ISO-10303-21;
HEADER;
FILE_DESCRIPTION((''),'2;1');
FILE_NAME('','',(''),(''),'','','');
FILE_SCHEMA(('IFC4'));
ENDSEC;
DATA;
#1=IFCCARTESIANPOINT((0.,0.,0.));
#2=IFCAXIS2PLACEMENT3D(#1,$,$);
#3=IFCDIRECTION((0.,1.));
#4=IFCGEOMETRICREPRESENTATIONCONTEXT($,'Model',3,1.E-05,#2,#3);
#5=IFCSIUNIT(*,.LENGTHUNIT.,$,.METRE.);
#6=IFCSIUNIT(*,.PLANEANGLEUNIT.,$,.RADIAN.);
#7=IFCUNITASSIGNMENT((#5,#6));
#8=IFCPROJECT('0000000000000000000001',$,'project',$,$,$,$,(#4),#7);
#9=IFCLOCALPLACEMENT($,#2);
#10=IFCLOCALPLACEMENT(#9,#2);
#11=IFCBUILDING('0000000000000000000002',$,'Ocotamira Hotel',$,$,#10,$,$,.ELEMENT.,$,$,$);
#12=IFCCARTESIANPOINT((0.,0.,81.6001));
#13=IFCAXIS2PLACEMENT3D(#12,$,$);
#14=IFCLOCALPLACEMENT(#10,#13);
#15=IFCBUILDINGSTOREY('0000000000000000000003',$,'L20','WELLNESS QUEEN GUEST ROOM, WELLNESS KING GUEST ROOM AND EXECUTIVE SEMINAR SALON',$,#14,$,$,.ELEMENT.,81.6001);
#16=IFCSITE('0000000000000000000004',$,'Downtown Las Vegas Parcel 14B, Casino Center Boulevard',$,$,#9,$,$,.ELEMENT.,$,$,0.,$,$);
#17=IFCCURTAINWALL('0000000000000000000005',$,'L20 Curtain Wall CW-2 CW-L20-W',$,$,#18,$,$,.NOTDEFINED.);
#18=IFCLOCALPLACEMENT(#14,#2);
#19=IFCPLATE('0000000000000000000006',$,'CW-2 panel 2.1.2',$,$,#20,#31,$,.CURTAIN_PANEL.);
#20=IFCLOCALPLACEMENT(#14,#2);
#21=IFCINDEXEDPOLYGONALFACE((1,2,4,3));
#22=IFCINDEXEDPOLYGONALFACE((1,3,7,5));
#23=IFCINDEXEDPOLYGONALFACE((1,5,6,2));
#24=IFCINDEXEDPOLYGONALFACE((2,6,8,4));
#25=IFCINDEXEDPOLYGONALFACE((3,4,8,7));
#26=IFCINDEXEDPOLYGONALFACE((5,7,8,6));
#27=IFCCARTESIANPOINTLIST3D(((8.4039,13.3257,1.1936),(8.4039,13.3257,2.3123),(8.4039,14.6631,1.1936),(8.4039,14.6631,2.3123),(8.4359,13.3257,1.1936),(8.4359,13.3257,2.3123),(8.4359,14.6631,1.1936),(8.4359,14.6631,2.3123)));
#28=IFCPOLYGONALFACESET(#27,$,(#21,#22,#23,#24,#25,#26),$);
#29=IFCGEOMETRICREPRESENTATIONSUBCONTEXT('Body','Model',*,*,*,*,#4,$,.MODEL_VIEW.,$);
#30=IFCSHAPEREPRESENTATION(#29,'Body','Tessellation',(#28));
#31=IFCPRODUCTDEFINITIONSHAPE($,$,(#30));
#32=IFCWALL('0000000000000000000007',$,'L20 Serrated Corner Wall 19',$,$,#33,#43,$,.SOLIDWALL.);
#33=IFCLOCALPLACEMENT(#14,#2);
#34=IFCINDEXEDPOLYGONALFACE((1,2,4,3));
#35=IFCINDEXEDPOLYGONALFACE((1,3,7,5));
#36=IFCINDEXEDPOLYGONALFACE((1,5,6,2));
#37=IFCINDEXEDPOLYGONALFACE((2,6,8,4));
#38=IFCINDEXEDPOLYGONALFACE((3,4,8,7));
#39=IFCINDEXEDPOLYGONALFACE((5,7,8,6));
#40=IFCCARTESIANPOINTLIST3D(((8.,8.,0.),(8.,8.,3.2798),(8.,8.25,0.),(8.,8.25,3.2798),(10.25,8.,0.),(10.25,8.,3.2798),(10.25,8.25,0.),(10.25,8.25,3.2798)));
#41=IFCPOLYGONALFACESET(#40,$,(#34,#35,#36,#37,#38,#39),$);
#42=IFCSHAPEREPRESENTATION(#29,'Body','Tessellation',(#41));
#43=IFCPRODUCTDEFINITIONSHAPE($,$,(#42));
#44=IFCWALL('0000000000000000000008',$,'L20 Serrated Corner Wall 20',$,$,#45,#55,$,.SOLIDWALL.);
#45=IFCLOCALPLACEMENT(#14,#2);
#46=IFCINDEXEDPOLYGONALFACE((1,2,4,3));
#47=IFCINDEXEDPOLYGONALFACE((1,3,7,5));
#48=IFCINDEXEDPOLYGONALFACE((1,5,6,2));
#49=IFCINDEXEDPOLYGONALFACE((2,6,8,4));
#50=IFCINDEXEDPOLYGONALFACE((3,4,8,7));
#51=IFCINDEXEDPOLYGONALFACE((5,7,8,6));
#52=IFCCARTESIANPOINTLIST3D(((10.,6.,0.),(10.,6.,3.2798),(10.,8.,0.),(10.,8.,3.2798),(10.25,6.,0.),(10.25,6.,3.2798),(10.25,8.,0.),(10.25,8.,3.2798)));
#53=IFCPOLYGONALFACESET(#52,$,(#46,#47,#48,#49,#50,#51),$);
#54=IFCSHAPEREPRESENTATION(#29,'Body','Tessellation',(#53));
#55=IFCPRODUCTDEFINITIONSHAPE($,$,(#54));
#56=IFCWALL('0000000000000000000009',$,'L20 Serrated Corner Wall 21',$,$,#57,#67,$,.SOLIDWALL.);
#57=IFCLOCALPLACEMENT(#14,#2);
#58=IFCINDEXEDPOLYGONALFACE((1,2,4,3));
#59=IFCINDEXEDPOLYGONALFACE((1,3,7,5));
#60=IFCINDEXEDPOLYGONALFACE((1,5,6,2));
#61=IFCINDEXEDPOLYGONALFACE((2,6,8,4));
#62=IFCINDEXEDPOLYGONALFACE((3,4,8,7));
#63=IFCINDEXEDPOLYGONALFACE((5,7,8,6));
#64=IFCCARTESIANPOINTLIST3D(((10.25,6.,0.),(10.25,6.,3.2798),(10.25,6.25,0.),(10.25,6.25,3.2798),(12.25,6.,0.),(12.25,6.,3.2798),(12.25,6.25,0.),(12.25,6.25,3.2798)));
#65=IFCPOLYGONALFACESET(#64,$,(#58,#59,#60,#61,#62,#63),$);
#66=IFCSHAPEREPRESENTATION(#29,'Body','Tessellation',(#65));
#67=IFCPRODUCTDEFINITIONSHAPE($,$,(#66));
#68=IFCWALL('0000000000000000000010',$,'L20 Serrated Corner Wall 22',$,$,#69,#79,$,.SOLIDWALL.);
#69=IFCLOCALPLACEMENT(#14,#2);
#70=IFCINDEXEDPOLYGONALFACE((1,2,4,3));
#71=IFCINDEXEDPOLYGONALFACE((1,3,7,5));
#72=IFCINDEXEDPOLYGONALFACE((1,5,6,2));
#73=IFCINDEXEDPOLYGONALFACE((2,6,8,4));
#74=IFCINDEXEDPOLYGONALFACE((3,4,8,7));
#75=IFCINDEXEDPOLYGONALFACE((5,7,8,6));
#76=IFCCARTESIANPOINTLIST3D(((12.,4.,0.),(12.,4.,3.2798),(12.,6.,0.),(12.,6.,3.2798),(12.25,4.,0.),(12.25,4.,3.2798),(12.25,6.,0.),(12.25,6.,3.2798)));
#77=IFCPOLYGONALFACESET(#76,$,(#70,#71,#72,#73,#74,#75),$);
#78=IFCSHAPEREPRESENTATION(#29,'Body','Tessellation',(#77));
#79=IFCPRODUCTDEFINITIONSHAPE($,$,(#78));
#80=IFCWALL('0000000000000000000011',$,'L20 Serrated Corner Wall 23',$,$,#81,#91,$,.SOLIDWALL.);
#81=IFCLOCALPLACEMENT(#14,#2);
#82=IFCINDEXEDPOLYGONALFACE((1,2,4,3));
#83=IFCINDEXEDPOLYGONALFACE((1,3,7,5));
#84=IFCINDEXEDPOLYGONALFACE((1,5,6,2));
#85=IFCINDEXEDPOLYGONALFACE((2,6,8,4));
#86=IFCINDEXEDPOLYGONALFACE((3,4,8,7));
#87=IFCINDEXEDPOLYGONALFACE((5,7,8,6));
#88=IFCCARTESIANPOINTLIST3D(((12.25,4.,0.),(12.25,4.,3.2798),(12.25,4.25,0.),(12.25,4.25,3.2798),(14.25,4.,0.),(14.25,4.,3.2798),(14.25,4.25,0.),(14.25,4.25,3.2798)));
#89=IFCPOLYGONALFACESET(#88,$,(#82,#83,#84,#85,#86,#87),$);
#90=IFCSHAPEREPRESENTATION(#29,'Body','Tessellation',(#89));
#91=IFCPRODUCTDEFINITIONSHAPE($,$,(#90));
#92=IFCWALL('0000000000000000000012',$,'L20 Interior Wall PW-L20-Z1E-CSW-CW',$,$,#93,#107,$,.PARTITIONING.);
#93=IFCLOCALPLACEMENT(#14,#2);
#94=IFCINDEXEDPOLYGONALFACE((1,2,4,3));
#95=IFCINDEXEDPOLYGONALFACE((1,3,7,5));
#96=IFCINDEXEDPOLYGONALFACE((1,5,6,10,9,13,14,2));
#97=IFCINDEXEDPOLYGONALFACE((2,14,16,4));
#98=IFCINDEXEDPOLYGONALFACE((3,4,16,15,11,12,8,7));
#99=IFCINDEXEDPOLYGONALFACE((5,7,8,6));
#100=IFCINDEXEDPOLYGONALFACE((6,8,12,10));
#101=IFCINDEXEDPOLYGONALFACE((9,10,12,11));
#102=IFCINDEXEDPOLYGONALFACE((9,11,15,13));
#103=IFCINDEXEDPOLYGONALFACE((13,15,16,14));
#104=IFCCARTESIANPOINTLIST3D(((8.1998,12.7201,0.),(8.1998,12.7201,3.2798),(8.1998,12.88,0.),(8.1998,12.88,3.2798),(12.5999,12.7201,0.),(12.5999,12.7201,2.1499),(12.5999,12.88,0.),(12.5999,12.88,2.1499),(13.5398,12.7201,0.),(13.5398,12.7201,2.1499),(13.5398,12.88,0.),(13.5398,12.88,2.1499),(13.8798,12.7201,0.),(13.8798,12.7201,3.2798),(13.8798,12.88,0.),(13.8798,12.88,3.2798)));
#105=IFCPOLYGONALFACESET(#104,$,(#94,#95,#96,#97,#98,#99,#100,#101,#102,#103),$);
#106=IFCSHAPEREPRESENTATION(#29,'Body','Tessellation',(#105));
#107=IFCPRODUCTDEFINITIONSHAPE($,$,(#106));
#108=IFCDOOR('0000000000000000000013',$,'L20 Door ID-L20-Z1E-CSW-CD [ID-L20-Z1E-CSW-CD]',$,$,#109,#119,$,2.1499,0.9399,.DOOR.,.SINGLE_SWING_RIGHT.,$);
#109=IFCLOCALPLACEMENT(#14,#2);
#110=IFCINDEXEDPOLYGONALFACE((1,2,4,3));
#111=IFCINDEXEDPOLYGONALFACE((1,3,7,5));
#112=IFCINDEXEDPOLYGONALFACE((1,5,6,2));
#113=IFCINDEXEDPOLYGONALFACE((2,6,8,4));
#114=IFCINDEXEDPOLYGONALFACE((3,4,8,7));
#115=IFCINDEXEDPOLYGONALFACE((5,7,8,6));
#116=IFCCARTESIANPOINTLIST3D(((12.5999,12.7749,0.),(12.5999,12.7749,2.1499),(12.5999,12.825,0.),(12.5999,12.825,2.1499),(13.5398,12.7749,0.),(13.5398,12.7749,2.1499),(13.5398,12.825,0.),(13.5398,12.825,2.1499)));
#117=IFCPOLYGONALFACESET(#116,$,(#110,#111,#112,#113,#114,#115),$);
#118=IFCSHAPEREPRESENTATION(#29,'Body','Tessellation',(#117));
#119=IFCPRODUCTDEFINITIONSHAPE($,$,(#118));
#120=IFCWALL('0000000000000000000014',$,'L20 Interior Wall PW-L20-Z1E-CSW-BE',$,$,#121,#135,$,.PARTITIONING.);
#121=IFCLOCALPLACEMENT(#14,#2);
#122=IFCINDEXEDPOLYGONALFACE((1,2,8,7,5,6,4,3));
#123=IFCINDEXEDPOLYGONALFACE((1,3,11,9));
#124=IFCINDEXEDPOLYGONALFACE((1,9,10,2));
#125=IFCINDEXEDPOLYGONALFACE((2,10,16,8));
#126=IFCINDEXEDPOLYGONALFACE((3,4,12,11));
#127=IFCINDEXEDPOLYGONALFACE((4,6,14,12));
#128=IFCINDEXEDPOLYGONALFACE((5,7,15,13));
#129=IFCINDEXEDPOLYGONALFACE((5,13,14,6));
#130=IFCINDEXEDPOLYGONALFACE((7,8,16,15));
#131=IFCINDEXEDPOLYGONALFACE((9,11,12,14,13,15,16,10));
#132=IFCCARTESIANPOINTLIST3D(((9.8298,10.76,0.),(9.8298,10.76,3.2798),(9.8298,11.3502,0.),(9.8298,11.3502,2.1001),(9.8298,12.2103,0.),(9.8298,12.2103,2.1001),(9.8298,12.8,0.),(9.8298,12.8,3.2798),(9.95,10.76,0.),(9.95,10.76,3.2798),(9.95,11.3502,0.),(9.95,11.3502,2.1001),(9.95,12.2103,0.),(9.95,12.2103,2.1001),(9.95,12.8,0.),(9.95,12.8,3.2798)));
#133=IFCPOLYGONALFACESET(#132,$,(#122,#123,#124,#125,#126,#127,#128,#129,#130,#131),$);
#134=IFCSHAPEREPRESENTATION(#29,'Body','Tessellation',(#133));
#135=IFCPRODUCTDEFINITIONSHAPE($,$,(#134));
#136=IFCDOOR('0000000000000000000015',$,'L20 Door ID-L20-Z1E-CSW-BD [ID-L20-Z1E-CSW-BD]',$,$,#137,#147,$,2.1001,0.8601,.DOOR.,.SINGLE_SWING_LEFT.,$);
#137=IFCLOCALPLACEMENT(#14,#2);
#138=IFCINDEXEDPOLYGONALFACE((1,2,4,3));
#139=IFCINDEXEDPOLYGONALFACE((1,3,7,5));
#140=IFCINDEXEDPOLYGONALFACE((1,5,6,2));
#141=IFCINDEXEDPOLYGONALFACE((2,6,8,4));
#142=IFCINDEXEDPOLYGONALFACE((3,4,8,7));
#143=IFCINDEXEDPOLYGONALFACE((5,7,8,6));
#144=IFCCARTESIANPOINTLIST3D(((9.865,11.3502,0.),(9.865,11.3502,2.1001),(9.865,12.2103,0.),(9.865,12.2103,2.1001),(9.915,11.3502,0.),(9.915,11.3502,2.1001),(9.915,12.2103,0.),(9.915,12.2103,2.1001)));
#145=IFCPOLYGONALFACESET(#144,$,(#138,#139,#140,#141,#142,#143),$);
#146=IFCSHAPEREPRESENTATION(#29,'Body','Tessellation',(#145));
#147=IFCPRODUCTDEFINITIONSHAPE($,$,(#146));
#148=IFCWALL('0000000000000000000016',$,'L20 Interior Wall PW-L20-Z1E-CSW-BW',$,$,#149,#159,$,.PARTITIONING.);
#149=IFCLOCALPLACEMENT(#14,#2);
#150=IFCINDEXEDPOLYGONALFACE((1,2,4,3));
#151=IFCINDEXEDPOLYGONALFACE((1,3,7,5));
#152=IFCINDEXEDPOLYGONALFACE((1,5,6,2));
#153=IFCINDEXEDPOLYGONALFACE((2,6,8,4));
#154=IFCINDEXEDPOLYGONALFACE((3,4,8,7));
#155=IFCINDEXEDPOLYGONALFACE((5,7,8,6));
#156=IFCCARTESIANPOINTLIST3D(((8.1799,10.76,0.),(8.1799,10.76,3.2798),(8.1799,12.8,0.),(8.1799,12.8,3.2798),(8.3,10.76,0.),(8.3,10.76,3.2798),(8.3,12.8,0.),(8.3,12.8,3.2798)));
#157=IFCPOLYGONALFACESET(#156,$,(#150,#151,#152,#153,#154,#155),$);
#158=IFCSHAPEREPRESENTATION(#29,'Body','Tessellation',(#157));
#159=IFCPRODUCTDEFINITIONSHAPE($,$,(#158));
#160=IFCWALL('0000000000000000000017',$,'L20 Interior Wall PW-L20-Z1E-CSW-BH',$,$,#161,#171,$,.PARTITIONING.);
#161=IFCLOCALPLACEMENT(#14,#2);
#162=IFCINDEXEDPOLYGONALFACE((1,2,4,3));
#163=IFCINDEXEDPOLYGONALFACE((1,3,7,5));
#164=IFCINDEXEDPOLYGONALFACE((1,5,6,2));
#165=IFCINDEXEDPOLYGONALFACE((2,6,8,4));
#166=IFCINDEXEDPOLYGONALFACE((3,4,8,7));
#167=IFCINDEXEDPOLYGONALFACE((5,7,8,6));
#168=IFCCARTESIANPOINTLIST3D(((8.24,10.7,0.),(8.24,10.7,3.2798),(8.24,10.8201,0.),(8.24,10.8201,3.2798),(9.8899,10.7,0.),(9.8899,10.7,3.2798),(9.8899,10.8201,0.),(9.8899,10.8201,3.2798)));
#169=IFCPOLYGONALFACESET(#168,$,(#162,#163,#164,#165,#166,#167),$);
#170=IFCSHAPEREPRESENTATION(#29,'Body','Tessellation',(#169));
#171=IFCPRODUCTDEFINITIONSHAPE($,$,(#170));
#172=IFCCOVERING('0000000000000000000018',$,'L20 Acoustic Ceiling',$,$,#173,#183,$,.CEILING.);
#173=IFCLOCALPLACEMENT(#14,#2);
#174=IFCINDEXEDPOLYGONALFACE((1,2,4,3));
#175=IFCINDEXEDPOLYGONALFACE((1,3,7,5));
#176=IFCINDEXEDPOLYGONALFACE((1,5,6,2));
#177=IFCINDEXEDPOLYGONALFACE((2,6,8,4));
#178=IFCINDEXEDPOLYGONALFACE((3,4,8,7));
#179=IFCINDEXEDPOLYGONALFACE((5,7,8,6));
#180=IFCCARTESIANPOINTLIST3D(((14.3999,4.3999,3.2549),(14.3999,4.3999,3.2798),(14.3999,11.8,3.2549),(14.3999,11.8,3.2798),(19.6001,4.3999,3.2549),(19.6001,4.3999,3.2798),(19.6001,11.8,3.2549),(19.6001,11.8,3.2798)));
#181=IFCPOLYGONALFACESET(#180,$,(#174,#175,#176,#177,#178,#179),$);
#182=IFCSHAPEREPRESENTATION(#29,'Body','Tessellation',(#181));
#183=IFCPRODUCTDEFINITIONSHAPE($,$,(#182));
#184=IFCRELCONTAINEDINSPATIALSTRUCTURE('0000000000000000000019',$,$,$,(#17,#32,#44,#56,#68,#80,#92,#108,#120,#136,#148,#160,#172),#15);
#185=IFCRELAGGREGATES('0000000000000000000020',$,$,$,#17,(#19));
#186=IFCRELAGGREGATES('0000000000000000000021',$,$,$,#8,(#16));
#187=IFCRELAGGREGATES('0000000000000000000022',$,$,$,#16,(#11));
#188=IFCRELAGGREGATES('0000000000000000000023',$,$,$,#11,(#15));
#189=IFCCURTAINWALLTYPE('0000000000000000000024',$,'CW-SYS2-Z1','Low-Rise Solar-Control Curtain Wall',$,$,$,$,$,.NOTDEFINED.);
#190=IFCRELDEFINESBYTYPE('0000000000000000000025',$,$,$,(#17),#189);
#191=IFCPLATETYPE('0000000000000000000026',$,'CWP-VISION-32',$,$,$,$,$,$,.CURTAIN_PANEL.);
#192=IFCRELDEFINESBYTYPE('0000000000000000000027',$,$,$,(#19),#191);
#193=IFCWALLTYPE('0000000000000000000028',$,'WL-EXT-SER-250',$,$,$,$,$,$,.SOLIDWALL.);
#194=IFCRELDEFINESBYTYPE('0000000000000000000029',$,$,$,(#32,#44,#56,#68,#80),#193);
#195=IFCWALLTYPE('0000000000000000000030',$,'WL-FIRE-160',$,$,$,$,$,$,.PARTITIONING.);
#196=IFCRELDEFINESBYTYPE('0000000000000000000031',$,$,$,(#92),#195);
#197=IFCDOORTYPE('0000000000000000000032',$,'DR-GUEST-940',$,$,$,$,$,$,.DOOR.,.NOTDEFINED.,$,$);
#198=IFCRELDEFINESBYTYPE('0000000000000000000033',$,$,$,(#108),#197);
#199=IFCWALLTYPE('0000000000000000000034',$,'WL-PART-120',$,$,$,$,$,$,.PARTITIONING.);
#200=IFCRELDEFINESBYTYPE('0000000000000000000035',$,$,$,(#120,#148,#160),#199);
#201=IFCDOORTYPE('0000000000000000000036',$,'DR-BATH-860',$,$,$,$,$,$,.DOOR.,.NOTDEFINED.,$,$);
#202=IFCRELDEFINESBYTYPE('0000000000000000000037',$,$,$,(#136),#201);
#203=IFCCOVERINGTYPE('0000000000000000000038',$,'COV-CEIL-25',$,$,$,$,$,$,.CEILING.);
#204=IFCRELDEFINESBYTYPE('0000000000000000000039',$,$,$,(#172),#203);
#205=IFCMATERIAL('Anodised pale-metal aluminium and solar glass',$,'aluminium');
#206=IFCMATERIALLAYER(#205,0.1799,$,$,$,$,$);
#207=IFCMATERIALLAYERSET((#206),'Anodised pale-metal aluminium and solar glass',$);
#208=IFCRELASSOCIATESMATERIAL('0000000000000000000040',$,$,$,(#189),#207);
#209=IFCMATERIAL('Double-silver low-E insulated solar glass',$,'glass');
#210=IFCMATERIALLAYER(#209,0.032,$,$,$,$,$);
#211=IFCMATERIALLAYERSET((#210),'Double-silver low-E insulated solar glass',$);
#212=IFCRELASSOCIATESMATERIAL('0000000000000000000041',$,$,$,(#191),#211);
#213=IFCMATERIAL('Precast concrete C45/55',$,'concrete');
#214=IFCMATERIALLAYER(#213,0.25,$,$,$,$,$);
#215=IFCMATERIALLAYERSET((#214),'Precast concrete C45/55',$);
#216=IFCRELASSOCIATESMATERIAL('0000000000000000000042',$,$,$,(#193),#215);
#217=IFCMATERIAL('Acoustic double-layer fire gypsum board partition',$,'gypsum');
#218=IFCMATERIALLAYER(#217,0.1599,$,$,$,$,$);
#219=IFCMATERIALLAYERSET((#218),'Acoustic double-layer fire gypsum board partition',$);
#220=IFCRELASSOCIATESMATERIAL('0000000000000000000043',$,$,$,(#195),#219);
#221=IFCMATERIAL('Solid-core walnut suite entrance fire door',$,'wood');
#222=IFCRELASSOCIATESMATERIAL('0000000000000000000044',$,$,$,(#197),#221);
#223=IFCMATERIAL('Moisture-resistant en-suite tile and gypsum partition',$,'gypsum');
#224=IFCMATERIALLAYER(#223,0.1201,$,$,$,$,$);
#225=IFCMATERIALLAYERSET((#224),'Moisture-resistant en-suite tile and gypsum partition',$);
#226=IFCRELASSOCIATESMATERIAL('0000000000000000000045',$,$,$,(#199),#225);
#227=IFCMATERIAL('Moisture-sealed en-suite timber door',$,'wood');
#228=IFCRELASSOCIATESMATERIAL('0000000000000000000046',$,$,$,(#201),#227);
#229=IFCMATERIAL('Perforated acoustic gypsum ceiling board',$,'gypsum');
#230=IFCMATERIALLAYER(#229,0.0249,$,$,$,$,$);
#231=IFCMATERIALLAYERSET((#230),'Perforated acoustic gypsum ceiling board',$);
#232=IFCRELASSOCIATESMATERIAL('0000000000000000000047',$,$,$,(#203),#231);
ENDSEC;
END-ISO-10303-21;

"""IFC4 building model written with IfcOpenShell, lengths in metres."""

from ifc_helpers import new_model, si_unit, direction, frame, frame_2d, origin, origin_2d, place, context, subcontext, project, spatial, polyline, rectangle, outline, extrude, source, transform, mapped, material, layer, layer_set, type_object, element, fill, aggregate, save


model = new_model("IFC4")

# Units and contexts
model_context = context("Model", 3, precision=1e-05, world=origin(), true_north=direction((0.0, 1.0)))
body_context = subcontext(model_context, "Body", "Model", "MODEL_VIEW")
ifc_project = project(units=[si_unit("LENGTHUNIT", "METRE"), si_unit("PLANEANGLEUNIT", "RADIAN")], contexts=[model_context])

# Site, building, storey
site_placement = place(None, origin())
site = spatial("IfcSite", under=ifc_project, at=site_placement, Name="Downtown Las Vegas Parcel 14B, Casino Center Boulevard", CompositionType="ELEMENT", RefElevation=0.0)
building_placement = place(site_placement, origin())
building = spatial("IfcBuilding", under=site, at=building_placement, Name="Ocotamira Hotel", CompositionType="ELEMENT")
storey_placement = place(building_placement, frame((0.0, 0.0, 81.6001)))
storey = spatial("IfcBuildingStorey", under=building, at=storey_placement, Name="L20", Description="WELLNESS QUEEN GUEST ROOM, WELLNESS KING GUEST ROOM AND EXECUTIVE SEMINAR SALON", CompositionType="ELEMENT", Elevation=81.6001)

# Curtain wall
ifc_material_1 = material(Name="Anodised pale-metal aluminium and solar glass", Category="aluminium")
ifc_layer_1 = layer(ifc_material_1, 0.1799)
ifc_layer_set_1 = layer_set([ifc_layer_1], Name="Anodised pale-metal aluminium and solar glass")
curtain_wall_type = type_object("IfcCurtainWallType", Name="CW-SYS2-Z1", Description="Low-Rise Solar-Control Curtain Wall", PredefinedType="NOTDEFINED", material=ifc_layer_set_1)
curtain_wall_placement = place(storey_placement, origin())
curtain_wall = element("IfcCurtainWall", 1, at=curtain_wall_placement, inside=storey, type_object=curtain_wall_type, Name="L20 Curtain Wall CW-2 CW-L20-W", PredefinedType="NOTDEFINED")

# Plate
ifc_material_2 = material(Name="Double-silver low-E insulated solar glass", Category="glass")
ifc_layer_2 = layer(ifc_material_2, 0.032)
ifc_layer_set_2 = layer_set([ifc_layer_2], Name="Double-silver low-E insulated solar glass")
plate_type_1 = type_object("IfcPlateType", Name="CWP-VISION-32", PredefinedType="CURTAIN_PANEL", material=ifc_layer_set_2)
shared_shape_1 = source(origin(), body_context, "Body", "SweptSolid", [
    extrude(rectangle(XDim=1.3374, YDim=0.032, at=origin_2d()), origin(), (0.0, 0.0, 1.0), 1.1187),
])
plate_1_placement = place(storey_placement, frame((8.4199, 13.9944, 1.1936), z_axis=(0.0, 0.0, 1.0), x_axis=(0.0, 1.0, 0.0)))
plate_1 = element("IfcPlate", 2, at=plate_1_placement, type_object=plate_type_1, Name="CW-2 panel 2.1.2", PredefinedType="CURTAIN_PANEL", context=body_context, shape_type="MappedRepresentation", body=[
    mapped(shared_shape_1, transform((0.0, 0.0, 0.0), scale=1.0)),
])
aggregate(curtain_wall, [plate_1])

# Walls
ifc_material_3 = material(Name="Precast concrete C45/55", Category="concrete")
ifc_layer_3 = layer(ifc_material_3, 0.25)
ifc_layer_set_3 = layer_set([ifc_layer_3], Name="Precast concrete C45/55")
wall_type_1 = type_object("IfcWallType", Name="WL-EXT-SER-250", PredefinedType="SOLIDWALL", material=ifc_layer_set_3)
wall_1_placement = place(storey_placement, frame((8.0, 8.125, 0.0), z_axis=(0.0, 0.0, 1.0), x_axis=(1.0, 0.0, 0.0)))
element("IfcWall", 3, at=wall_1_placement, inside=storey, type_object=wall_type_1, Name="L20 Serrated Corner Wall 19", PredefinedType="SOLIDWALL", context=body_context, shape_type="SweptSolid", body=[
    extrude(rectangle(XDim=2.25, YDim=0.25, at=frame_2d((1.125, 0.0))), origin(), (0.0, 0.0, 1.0), 3.2798),
])
for number, where, z_axis, x_axis, name in (
    (4, (10.125, 8.0, 0.0), (0.0, 0.0, 1.0), (0.0, -1.0, 0.0), "L20 Serrated Corner Wall 20"),
    (5, (10.25, 6.125, 0.0), (0.0, 0.0, 1.0), (1.0, 0.0, 0.0), "L20 Serrated Corner Wall 21"),
    (6, (12.125, 6.0, 0.0), (0.0, 0.0, 1.0), (0.0, -1.0, 0.0), "L20 Serrated Corner Wall 22"),
    (7, (12.25, 4.125, 0.0), (0.0, 0.0, 1.0), (1.0, 0.0, 0.0), "L20 Serrated Corner Wall 23"),
):
    element("IfcWall", number, at=place(storey_placement, frame(where, z_axis=z_axis, x_axis=x_axis)), inside=storey, type_object=wall_type_1, Name=name, PredefinedType="SOLIDWALL", context=body_context, shape_type="SweptSolid", body=[
        extrude(rectangle(XDim=2.0, YDim=0.25, at=frame_2d((1.0, 0.0))), origin(), (0.0, 0.0, 1.0), 3.2798),
    ])

# Walls, openings, doors
ifc_material_4 = material(Name="Acoustic double-layer fire gypsum board partition", Category="gypsum")
ifc_layer_4 = layer(ifc_material_4, 0.1599)
ifc_layer_set_4 = layer_set([ifc_layer_4], Name="Acoustic double-layer fire gypsum board partition")
wall_type_2 = type_object("IfcWallType", Name="WL-FIRE-160", PredefinedType="PARTITIONING", material=ifc_layer_set_4)
wall_2_placement = place(storey_placement, frame((8.2, 12.8, 0.0), z_axis=(0.0, 0.0, 1.0), x_axis=(1.0, 0.0, 0.0)))
wall_2 = element("IfcWall", 8, at=wall_2_placement, inside=storey, type_object=wall_type_2, Name="L20 Interior Wall PW-L20-Z1E-CSW-CW", PredefinedType="PARTITIONING", context=body_context, shape_type="SweptSolid", body=[
    extrude(rectangle(XDim=5.6799, YDim=0.1599, at=frame_2d((2.8398, 0.0))), origin(), (0.0, 0.0, 1.0), 3.2798),
])
opening_1_placement = place(wall_2_placement, frame((4.3999, 0.0, 0.0)))
opening_1 = element("IfcOpeningElement", 9, at=opening_1_placement, cuts=wall_2, PredefinedType="OPENING", context=body_context, shape_type="SweptSolid", body=[
    extrude(rectangle(XDim=0.9399, YDim=2.1499, at=frame_2d((0.47, 1.075))), frame((0.0, 0.0898, 0.0), z_axis=(0.0, -1.0, 0.0), x_axis=(1.0, 0.0, 0.0)), (0.0, 0.0, 1.0), 0.1799),
])
ifc_material_5 = material(Name="Solid-core walnut suite entrance fire door", Category="wood")
door_type_1 = type_object("IfcDoorType", Name="DR-GUEST-940", OperationType="NOTDEFINED", PredefinedType="DOOR", material=ifc_material_5)
shared_shape_2 = source(origin(), body_context, "Body", "SweptSolid", [
    extrude(rectangle(XDim=0.9399, YDim=2.1499, at=frame_2d((0.47, 1.075))), frame((0.0, 0.0249, 0.0), z_axis=(0.0, -1.0, 0.0), x_axis=(1.0, 0.0, 0.0)), (0.0, 0.0, 1.0), 0.05),
])
door_1_placement = place(opening_1_placement, origin())
door_1 = element("IfcDoor", 10, at=door_1_placement, inside=storey, type_object=door_type_1, Name="L20 Door ID-L20-Z1E-CSW-CD [ID-L20-Z1E-CSW-CD]", OperationType="SINGLE_SWING_RIGHT", OverallHeight=2.1499, OverallWidth=0.9399, PredefinedType="DOOR", context=body_context, shape_type="MappedRepresentation", body=[
    mapped(shared_shape_2, transform((0.0, 0.0, 0.0), scale=1.0)),
])
fill(opening_1, door_1)
ifc_material_6 = material(Name="Moisture-resistant en-suite tile and gypsum partition", Category="gypsum")
ifc_layer_5 = layer(ifc_material_6, 0.1201)
ifc_layer_set_5 = layer_set([ifc_layer_5], Name="Moisture-resistant en-suite tile and gypsum partition")
wall_type_3 = type_object("IfcWallType", Name="WL-PART-120", PredefinedType="PARTITIONING", material=ifc_layer_set_5)
wall_3_placement = place(storey_placement, frame((9.8899, 10.76, 0.0), z_axis=(0.0, 0.0, 1.0), x_axis=(0.0, 1.0, 0.0)))
wall_3 = element("IfcWall", 11, at=wall_3_placement, inside=storey, type_object=wall_type_3, Name="L20 Interior Wall PW-L20-Z1E-CSW-BE", PredefinedType="PARTITIONING", context=body_context, shape_type="SweptSolid", body=[
    extrude(rectangle(XDim=2.04, YDim=0.1201, at=frame_2d((1.02, 0.0))), origin(), (0.0, 0.0, 1.0), 3.2798),
])
opening_2_placement = place(wall_3_placement, frame((0.5901, 0.0, 0.0)))
opening_2 = element("IfcOpeningElement", 12, at=opening_2_placement, cuts=wall_3, PredefinedType="OPENING", context=body_context, shape_type="SweptSolid", body=[
    extrude(rectangle(XDim=0.8601, YDim=2.1001, at=frame_2d((0.4302, 1.05))), frame((0.0, 0.0701, 0.0), z_axis=(0.0, -1.0, 0.0), x_axis=(1.0, 0.0, 0.0)), (0.0, 0.0, 1.0), 0.1401),
])
ifc_material_7 = material(Name="Moisture-sealed en-suite timber door", Category="wood")
door_type_2 = type_object("IfcDoorType", Name="DR-BATH-860", OperationType="NOTDEFINED", PredefinedType="DOOR", material=ifc_material_7)
shared_shape_3 = source(origin(), body_context, "Body", "SweptSolid", [
    extrude(rectangle(XDim=0.8601, YDim=2.1001, at=frame_2d((0.4302, 1.05))), frame((0.0, 0.0249, 0.0), z_axis=(0.0, -1.0, 0.0), x_axis=(1.0, 0.0, 0.0)), (0.0, 0.0, 1.0), 0.05),
])
door_2_placement = place(opening_2_placement, origin())
door_2 = element("IfcDoor", 13, at=door_2_placement, inside=storey, type_object=door_type_2, Name="L20 Door ID-L20-Z1E-CSW-BD [ID-L20-Z1E-CSW-BD]", OperationType="SINGLE_SWING_LEFT", OverallHeight=2.1001, OverallWidth=0.8601, PredefinedType="DOOR", context=body_context, shape_type="MappedRepresentation", body=[
    mapped(shared_shape_3, transform((0.0, 0.0, 0.0), scale=1.0)),
])
fill(opening_2, door_2)

# Walls
wall_4_placement = place(storey_placement, frame((8.24, 10.76, 0.0), z_axis=(0.0, 0.0, 1.0), x_axis=(0.0, 1.0, 0.0)))
element("IfcWall", 14, at=wall_4_placement, inside=storey, type_object=wall_type_3, Name="L20 Interior Wall PW-L20-Z1E-CSW-BW", PredefinedType="PARTITIONING", context=body_context, shape_type="SweptSolid", body=[
    extrude(rectangle(XDim=2.04, YDim=0.1201, at=frame_2d((1.02, 0.0))), origin(), (0.0, 0.0, 1.0), 3.2798),
])
wall_5_placement = place(storey_placement, frame((8.24, 10.76, 0.0), z_axis=(0.0, 0.0, 1.0), x_axis=(1.0, 0.0, 0.0)))
element("IfcWall", 15, at=wall_5_placement, inside=storey, type_object=wall_type_3, Name="L20 Interior Wall PW-L20-Z1E-CSW-BH", PredefinedType="PARTITIONING", context=body_context, shape_type="SweptSolid", body=[
    extrude(rectangle(XDim=1.6499, YDim=0.1201, at=frame_2d((0.825, 0.0))), origin(), (0.0, 0.0, 1.0), 3.2798),
])

# Covering
ifc_material_8 = material(Name="Perforated acoustic gypsum ceiling board", Category="gypsum")
ifc_layer_6 = layer(ifc_material_8, 0.0249)
ifc_layer_set_6 = layer_set([ifc_layer_6], Name="Perforated acoustic gypsum ceiling board")
covering_type_1 = type_object("IfcCoveringType", Name="COV-CEIL-25", PredefinedType="CEILING", material=ifc_layer_set_6)
covering_1_placement = place(storey_placement, frame((0.0, 0.0, 3.2549)))
element("IfcCovering", 16, at=covering_1_placement, inside=storey, type_object=covering_type_1, Name="L20 Acoustic Ceiling", PredefinedType="CEILING", context=body_context, shape_type="SweptSolid", body=[
    extrude(outline(polyline([(14.3999, 4.3999), (19.6001, 4.3999), (19.6001, 11.8), (14.3999, 11.8), (14.3999, 4.3999)])), origin(), (0.0, 0.0, 1.0), 0.0249),
])

save(model, "model.ifc")
